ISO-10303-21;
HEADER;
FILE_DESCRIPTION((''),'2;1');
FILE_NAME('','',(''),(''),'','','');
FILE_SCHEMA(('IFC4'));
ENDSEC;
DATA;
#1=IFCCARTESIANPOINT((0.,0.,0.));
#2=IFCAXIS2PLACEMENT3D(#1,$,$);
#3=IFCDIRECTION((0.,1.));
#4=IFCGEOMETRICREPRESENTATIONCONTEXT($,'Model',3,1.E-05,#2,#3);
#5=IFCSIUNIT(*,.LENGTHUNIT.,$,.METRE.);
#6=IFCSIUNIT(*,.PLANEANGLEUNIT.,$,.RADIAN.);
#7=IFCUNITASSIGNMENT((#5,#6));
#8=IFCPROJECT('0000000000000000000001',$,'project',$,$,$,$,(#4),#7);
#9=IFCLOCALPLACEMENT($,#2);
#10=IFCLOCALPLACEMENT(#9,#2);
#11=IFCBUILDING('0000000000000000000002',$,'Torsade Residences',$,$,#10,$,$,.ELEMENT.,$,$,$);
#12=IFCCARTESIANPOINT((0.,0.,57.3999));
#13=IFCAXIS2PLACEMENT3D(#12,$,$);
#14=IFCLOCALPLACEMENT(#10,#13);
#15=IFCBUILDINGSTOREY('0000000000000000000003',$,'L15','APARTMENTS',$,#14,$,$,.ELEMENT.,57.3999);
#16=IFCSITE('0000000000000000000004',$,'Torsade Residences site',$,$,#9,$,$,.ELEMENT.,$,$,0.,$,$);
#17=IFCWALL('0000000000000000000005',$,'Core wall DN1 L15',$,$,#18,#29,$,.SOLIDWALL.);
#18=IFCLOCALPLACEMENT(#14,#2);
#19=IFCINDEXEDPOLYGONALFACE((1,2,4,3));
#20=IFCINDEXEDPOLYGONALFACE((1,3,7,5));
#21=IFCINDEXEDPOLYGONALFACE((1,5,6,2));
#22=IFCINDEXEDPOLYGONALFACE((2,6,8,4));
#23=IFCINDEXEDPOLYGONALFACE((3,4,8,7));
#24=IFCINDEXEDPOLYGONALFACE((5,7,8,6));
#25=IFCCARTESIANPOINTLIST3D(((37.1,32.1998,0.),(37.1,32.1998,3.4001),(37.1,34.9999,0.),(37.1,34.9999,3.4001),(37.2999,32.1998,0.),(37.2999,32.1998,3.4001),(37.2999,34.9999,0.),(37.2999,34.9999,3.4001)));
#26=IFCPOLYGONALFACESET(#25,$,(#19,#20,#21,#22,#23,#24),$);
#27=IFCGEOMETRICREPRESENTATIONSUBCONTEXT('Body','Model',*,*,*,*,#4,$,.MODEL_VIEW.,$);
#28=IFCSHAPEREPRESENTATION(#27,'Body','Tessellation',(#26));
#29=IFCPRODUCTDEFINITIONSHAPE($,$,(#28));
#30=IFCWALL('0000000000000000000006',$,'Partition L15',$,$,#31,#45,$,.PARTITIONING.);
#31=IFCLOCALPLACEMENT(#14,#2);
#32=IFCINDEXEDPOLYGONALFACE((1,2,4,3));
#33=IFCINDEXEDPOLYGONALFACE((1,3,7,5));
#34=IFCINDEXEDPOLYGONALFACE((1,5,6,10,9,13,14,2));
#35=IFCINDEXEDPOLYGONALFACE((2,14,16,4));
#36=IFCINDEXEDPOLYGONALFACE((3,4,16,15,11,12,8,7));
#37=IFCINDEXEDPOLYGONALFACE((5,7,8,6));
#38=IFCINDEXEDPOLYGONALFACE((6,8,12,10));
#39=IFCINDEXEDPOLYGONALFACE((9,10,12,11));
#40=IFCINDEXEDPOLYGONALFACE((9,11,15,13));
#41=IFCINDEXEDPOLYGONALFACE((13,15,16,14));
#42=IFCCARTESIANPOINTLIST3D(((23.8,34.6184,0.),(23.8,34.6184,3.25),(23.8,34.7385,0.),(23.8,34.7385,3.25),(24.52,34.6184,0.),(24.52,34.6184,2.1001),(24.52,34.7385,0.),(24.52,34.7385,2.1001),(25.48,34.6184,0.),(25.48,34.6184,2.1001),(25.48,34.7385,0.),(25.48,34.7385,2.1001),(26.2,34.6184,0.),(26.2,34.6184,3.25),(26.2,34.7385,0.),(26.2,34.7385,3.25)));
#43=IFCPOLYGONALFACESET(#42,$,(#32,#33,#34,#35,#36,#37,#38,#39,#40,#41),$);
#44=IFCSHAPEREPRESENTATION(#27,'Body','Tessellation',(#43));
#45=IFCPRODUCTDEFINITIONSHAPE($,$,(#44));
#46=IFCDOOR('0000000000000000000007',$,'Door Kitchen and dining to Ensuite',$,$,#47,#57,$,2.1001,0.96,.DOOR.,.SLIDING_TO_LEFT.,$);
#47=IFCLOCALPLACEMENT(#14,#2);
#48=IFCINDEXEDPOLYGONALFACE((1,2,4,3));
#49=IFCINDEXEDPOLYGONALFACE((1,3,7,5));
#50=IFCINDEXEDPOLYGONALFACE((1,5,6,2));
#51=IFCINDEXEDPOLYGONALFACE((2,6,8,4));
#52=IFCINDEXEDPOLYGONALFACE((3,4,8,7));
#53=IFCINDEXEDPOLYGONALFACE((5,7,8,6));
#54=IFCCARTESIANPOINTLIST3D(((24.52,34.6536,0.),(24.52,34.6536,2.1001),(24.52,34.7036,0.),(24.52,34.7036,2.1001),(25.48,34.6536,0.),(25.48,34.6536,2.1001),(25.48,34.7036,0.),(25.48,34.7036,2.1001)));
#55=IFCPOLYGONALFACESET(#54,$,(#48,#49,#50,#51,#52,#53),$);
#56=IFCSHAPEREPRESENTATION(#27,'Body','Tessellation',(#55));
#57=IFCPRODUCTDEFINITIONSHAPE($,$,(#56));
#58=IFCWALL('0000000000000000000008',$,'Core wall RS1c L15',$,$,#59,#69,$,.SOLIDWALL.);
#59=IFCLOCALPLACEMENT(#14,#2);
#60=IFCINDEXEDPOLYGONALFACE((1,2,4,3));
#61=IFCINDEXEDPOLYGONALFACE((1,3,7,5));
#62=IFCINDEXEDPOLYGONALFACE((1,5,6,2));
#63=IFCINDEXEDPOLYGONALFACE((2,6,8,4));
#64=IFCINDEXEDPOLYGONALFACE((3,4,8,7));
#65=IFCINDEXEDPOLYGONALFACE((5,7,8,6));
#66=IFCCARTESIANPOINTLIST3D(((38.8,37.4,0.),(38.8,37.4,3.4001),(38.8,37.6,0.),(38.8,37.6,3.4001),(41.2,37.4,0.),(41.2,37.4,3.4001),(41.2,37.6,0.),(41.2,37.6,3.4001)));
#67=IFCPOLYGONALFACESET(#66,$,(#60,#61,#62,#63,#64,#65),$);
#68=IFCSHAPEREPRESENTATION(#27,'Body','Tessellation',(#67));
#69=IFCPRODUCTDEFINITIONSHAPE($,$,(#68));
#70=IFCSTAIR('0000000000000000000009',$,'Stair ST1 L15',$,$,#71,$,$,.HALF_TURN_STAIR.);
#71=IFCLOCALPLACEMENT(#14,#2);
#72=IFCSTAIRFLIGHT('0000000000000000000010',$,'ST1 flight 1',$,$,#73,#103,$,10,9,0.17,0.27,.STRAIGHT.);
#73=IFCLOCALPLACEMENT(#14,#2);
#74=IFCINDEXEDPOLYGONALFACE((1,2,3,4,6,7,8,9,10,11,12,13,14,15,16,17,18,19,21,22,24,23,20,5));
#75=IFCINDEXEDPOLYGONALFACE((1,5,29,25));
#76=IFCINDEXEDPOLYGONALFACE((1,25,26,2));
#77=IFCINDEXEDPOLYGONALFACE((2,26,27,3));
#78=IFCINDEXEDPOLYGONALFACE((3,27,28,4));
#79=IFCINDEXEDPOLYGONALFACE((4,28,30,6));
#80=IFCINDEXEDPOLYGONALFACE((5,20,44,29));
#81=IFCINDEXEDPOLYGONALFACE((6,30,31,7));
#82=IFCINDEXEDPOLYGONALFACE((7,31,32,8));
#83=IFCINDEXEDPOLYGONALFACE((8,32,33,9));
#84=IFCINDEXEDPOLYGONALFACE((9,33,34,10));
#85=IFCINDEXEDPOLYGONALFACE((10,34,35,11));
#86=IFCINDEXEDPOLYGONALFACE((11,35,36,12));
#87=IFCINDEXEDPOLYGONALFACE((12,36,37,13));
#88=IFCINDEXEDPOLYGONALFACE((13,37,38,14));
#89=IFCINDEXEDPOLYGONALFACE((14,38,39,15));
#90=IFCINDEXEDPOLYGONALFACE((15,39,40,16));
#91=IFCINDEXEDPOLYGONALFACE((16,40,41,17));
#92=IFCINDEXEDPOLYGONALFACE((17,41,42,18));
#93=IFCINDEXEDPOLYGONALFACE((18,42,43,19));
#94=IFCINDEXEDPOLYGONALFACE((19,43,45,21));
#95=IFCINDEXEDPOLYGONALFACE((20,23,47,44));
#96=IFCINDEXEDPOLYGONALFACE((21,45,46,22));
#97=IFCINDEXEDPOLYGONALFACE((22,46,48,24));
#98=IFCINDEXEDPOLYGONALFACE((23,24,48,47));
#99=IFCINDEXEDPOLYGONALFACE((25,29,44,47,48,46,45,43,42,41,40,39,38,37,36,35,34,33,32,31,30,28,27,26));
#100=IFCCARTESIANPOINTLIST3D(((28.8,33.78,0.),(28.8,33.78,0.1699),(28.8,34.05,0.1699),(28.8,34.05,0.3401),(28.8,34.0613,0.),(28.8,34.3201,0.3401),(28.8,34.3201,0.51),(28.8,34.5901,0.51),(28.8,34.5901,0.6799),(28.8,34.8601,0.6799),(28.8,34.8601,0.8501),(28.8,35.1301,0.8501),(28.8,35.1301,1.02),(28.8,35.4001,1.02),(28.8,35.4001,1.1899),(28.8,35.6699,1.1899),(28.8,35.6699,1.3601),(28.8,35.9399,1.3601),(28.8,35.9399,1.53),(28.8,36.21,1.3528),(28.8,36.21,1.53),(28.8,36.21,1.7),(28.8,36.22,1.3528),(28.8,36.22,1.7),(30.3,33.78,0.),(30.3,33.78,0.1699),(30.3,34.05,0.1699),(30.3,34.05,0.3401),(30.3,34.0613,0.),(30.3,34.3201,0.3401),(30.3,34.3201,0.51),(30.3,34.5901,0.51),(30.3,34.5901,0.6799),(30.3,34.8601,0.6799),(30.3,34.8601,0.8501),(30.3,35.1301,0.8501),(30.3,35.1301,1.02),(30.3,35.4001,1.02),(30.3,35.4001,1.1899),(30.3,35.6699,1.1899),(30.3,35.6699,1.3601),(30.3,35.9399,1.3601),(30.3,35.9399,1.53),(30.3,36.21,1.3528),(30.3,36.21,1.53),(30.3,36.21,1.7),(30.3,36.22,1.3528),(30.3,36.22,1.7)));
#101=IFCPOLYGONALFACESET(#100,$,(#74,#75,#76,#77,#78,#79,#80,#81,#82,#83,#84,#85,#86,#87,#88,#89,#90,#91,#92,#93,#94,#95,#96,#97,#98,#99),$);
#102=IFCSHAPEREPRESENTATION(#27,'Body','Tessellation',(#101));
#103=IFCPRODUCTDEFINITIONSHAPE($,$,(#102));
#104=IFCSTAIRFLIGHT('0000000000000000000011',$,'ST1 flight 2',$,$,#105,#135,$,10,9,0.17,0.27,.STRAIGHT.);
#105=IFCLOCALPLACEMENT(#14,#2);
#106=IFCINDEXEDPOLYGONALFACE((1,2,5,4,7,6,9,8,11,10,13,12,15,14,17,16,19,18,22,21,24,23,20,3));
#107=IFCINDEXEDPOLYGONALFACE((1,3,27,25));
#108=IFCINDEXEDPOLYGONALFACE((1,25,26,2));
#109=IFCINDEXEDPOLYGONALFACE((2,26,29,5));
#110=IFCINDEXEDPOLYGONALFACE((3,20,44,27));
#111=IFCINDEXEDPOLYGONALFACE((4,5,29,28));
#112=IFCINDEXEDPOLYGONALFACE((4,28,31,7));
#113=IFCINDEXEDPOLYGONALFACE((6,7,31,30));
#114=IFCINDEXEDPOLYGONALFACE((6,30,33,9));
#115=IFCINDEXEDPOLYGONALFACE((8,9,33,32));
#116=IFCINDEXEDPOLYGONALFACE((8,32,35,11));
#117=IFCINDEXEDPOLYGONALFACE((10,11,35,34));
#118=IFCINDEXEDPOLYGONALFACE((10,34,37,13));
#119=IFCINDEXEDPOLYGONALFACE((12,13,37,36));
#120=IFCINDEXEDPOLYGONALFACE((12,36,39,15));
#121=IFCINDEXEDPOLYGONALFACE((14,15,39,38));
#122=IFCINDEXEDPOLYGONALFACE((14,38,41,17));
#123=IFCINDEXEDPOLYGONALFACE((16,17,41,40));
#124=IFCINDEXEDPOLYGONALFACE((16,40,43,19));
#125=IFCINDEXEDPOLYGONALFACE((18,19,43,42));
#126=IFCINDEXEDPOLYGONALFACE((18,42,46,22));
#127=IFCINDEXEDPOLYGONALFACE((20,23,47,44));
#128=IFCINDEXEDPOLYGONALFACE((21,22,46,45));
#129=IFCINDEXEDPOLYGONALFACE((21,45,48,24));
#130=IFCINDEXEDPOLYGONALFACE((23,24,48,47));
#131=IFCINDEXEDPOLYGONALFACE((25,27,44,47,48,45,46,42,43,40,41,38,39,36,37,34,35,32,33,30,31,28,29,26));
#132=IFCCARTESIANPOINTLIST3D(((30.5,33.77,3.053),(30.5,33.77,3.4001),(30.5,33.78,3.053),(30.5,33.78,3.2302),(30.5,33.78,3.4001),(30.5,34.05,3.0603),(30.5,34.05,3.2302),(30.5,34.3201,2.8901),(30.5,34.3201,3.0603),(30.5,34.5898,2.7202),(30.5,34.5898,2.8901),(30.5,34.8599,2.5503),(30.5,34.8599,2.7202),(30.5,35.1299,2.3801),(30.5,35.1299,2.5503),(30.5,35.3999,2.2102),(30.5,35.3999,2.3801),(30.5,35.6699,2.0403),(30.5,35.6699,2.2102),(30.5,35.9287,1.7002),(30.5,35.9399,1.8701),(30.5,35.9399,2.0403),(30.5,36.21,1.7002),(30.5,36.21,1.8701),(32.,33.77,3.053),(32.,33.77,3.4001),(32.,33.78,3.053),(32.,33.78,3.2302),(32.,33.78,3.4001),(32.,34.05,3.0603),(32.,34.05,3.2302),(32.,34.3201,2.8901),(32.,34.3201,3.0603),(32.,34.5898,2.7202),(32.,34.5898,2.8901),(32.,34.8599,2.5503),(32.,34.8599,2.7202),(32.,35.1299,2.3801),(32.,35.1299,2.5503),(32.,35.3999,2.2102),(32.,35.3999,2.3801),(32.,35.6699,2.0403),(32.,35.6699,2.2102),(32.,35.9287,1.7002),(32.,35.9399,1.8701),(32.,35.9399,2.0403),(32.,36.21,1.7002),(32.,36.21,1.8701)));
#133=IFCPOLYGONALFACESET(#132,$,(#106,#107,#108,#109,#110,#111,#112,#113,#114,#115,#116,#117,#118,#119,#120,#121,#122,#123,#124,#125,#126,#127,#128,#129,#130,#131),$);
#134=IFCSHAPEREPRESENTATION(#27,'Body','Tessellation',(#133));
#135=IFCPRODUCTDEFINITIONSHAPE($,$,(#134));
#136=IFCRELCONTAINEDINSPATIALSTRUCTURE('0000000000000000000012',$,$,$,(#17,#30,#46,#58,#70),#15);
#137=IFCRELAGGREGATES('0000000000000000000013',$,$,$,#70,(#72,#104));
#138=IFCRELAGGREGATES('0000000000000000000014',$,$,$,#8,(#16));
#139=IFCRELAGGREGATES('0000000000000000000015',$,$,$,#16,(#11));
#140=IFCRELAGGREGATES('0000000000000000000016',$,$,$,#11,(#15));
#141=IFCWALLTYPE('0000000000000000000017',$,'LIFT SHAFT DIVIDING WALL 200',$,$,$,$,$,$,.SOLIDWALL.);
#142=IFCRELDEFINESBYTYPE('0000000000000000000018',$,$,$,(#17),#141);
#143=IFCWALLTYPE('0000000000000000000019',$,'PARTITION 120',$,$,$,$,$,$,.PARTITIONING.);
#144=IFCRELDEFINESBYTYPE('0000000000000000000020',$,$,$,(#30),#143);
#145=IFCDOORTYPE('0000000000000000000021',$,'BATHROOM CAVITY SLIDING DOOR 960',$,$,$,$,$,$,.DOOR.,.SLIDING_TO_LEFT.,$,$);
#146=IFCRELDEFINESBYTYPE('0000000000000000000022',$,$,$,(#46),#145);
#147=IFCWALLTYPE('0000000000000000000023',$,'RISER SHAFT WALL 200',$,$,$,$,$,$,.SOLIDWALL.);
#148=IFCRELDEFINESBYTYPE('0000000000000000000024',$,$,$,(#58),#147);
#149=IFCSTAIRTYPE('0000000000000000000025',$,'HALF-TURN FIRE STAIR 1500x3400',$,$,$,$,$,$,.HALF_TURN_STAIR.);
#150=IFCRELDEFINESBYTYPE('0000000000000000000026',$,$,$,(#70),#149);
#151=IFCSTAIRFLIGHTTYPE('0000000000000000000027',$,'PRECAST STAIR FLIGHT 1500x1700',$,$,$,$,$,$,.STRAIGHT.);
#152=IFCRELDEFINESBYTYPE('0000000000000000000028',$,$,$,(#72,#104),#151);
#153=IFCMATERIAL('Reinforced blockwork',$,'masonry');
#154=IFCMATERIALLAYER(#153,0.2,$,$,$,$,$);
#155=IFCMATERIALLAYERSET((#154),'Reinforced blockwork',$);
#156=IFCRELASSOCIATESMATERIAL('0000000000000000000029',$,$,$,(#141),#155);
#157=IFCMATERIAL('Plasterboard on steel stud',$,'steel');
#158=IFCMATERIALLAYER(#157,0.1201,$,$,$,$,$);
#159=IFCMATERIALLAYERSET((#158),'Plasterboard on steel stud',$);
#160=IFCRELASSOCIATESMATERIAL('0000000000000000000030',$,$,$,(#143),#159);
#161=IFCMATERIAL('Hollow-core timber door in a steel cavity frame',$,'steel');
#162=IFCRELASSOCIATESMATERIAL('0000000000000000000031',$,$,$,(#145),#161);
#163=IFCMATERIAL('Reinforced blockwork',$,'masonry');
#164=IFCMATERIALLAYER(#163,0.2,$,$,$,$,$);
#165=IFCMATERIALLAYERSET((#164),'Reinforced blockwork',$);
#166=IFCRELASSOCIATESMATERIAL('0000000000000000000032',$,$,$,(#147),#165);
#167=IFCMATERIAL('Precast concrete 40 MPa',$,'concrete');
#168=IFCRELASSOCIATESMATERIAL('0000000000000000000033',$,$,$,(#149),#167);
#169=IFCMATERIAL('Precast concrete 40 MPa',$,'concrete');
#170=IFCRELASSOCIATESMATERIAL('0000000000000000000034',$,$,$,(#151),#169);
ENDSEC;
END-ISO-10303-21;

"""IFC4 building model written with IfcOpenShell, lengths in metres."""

from ifc_helpers import new_model, si_unit, direction, frame, frame_2d, origin, place, context, subcontext, project, spatial, polyline, rectangle, outline, extrude, material, layer, layer_set, type_object, element, fill, aggregate, save


model = new_model("IFC4")

# Units and contexts
model_context = context("Model", 3, precision=1e-05, world=origin(), true_north=direction((0.0, 1.0)))
body_context = subcontext(model_context, "Body", "Model", "MODEL_VIEW")
ifc_project = project(units=[si_unit("LENGTHUNIT", "METRE"), si_unit("PLANEANGLEUNIT", "RADIAN")], contexts=[model_context])

# Site, building, storey
site_placement = place(None, origin())
site = spatial("IfcSite", under=ifc_project, at=site_placement, Name="Torsade Residences site", CompositionType="ELEMENT", RefElevation=0.0)
building_placement = place(site_placement, origin())
building = spatial("IfcBuilding", under=site, at=building_placement, Name="Torsade Residences", CompositionType="ELEMENT")
storey_placement = place(building_placement, frame((0.0, 0.0, 57.3999)))
storey = spatial("IfcBuildingStorey", under=building, at=storey_placement, Name="L15", Description="APARTMENTS", CompositionType="ELEMENT", Elevation=57.3999)

# Wall
ifc_material_1 = material(Name="Reinforced blockwork", Category="masonry")
ifc_layer_1 = layer(ifc_material_1, 0.2)
ifc_layer_set_1 = layer_set([ifc_layer_1], Name="Reinforced blockwork")
wall_type_1 = type_object("IfcWallType", Name="LIFT SHAFT DIVIDING WALL 200", PredefinedType="SOLIDWALL", material=ifc_layer_set_1)
wall_1_placement = place(storey_placement, frame((37.2, 32.2, 0.0), z_axis=(0.0, 0.0, 1.0), x_axis=(0.0, 1.0, 0.0)))
element("IfcWall", 1, at=wall_1_placement, inside=storey, type_object=wall_type_1, Name="Core wall DN1 L15", PredefinedType="SOLIDWALL", context=body_context, shape_type="SweptSolid", body=[
    extrude(rectangle(XDim=2.8, YDim=0.2, at=frame_2d((1.3999, 0.0))), origin(), (0.0, 0.0, 1.0), 3.4001),
])

# Wall, opening, door
ifc_material_2 = material(Name="Plasterboard on steel stud", Category="steel")
ifc_layer_2 = layer(ifc_material_2, 0.1201)
ifc_layer_set_2 = layer_set([ifc_layer_2], Name="Plasterboard on steel stud")
wall_type_2 = type_object("IfcWallType", Name="PARTITION 120", PredefinedType="PARTITIONING", material=ifc_layer_set_2)
wall_2_placement = place(storey_placement, frame((26.2, 34.6785, 0.0), z_axis=(0.0, 0.0, 1.0), x_axis=(-1.0, 0.0, 0.0)))
wall_2 = element("IfcWall", 2, at=wall_2_placement, inside=storey, type_object=wall_type_2, Name="Partition L15", PredefinedType="PARTITIONING", context=body_context, shape_type="SweptSolid", body=[
    extrude(rectangle(XDim=2.3999, YDim=0.1201, at=frame_2d((1.2, 0.0))), origin(), (0.0, 0.0, 1.0), 3.25),
])
opening_1_placement = place(wall_2_placement, frame((0.72, 0.0, 0.0)))
opening_1 = element("IfcOpeningElement", 3, at=opening_1_placement, cuts=wall_2, PredefinedType="OPENING", context=body_context, shape_type="SweptSolid", body=[
    extrude(rectangle(XDim=0.96, YDim=2.1001, at=frame_2d((0.48, 1.05))), frame((0.0, 0.0701, 0.0), z_axis=(0.0, -1.0, 0.0), x_axis=(1.0, 0.0, 0.0)), (0.0, 0.0, 1.0), 0.1401),
])
ifc_material_3 = material(Name="Hollow-core timber door in a steel cavity frame", Category="steel")
door_type_1 = type_object("IfcDoorType", Name="BATHROOM CAVITY SLIDING DOOR 960", OperationType="SLIDING_TO_LEFT", PredefinedType="DOOR", material=ifc_material_3)
door_1_placement = place(opening_1_placement, origin())
door_1 = element("IfcDoor", 4, at=door_1_placement, inside=storey, type_object=door_type_1, Name="Door Kitchen and dining to Ensuite", OperationType="SLIDING_TO_LEFT", OverallHeight=2.1001, OverallWidth=0.96, PredefinedType="DOOR", context=body_context, shape_type="SweptSolid", body=[
    extrude(rectangle(XDim=0.96, YDim=2.1001, at=frame_2d((0.48, 1.05))), frame((0.0, 0.0249, 0.0), z_axis=(0.0, -1.0, 0.0), x_axis=(1.0, 0.0, 0.0)), (0.0, 0.0, 1.0), 0.05),
])
fill(opening_1, door_1)

# Wall
ifc_material_4 = material(Name="Reinforced blockwork", Category="masonry")
ifc_layer_3 = layer(ifc_material_4, 0.2)
ifc_layer_set_3 = layer_set([ifc_layer_3], Name="Reinforced blockwork")
wall_type_3 = type_object("IfcWallType", Name="RISER SHAFT WALL 200", PredefinedType="SOLIDWALL", material=ifc_layer_set_3)
wall_3_placement = place(storey_placement, frame((38.8, 37.5, 0.0), z_axis=(0.0, 0.0, 1.0), x_axis=(1.0, 0.0, 0.0)))
element("IfcWall", 5, at=wall_3_placement, inside=storey, type_object=wall_type_3, Name="Core wall RS1c L15", PredefinedType="SOLIDWALL", context=body_context, shape_type="SweptSolid", body=[
    extrude(rectangle(XDim=2.3999, YDim=0.2, at=frame_2d((1.2, 0.0))), origin(), (0.0, 0.0, 1.0), 3.4001),
])

# Stair, stair flights
ifc_material_5 = material(Name="Precast concrete 40 MPa", Category="concrete")
stair_type = type_object("IfcStairType", Name="HALF-TURN FIRE STAIR 1500x3400", PredefinedType="HALF_TURN_STAIR", material=ifc_material_5)
stair_placement = place(storey_placement, origin())
stair = element("IfcStair", 6, at=stair_placement, inside=storey, type_object=stair_type, Name="Stair ST1 L15", PredefinedType="HALF_TURN_STAIR")
ifc_material_6 = material(Name="Precast concrete 40 MPa", Category="concrete")
stair_flight_type = type_object("IfcStairFlightType", Name="PRECAST STAIR FLIGHT 1500x1700", PredefinedType="STRAIGHT", material=ifc_material_6)
stair_flight_1_placement = place(storey_placement, frame((29.55, 33.78, 0.0), z_axis=(0.0, 0.0, 1.0), x_axis=(0.0, 1.0, 0.0)))
stair_flight_1 = element("IfcStairFlight", 7, at=stair_flight_1_placement, type_object=stair_flight_type, Name="ST1 flight 1", NumberOfRisers=10, NumberOfTreads=9, PredefinedType="STRAIGHT", RiserHeight=0.17, TreadLength=0.27, context=body_context, shape_type="SweptSolid", body=[
    extrude(outline(polyline([(0.0, 0.0), (0.0, 0.1699), (0.27, 0.1699), (0.27, 0.3401), (0.54, 0.3401), (0.54, 0.51), (0.8101, 0.51), (0.8101, 0.6799), (1.0801, 0.6799), (1.0801, 0.8501), (1.3501, 0.8501), (1.3501, 1.02), (1.6201, 1.02), (1.6201, 1.1899), (1.8899, 1.1899), (1.8899, 1.3601), (2.1599, 1.3601), (2.1599, 1.53), (2.4299, 1.53), (2.4299, 1.7), (2.4399, 1.7), (2.4399, 1.3528), (2.4299, 1.3528), (0.2812, 0.0), (0.0, 0.0)])), frame((0.0, 0.75, 0.0), z_axis=(0.0, -1.0, 0.0), x_axis=(1.0, 0.0, 0.0)), (0.0, 0.0, 1.0), 1.5),
])
stair_flight_2_placement = place(storey_placement, frame((31.25, 36.21, 1.7002), z_axis=(0.0, 0.0, 1.0), x_axis=(0.0, -1.0, 0.0)))
stair_flight_2 = element("IfcStairFlight", 8, at=stair_flight_2_placement, type_object=stair_flight_type, Name="ST1 flight 2", NumberOfRisers=10, NumberOfTreads=9, PredefinedType="STRAIGHT", RiserHeight=0.17, TreadLength=0.27, context=body_context, shape_type="SweptSolid", body=[
    extrude(outline(polyline([(0.0, 0.0), (0.0, 0.1699), (0.27, 0.1699), (0.27, 0.3401), (0.54, 0.3401), (0.54, 0.51), (0.8101, 0.51), (0.8101, 0.6799), (1.0801, 0.6799), (1.0801, 0.8501), (1.3501, 0.8501), (1.3501, 1.02), (1.6201, 1.02), (1.6201, 1.1899), (1.8899, 1.1899), (1.8899, 1.3601), (2.1599, 1.3601), (2.1599, 1.53), (2.4299, 1.53), (2.4299, 1.7), (2.4399, 1.7), (2.4399, 1.3528), (2.4299, 1.3528), (0.2812, 0.0), (0.0, 0.0)])), frame((0.0, 0.75, 0.0), z_axis=(0.0, -1.0, 0.0), x_axis=(1.0, 0.0, 0.0)), (0.0, 0.0, 1.0), 1.5),
])
aggregate(stair, [stair_flight_1, stair_flight_2])

save(model, "model.ifc")
